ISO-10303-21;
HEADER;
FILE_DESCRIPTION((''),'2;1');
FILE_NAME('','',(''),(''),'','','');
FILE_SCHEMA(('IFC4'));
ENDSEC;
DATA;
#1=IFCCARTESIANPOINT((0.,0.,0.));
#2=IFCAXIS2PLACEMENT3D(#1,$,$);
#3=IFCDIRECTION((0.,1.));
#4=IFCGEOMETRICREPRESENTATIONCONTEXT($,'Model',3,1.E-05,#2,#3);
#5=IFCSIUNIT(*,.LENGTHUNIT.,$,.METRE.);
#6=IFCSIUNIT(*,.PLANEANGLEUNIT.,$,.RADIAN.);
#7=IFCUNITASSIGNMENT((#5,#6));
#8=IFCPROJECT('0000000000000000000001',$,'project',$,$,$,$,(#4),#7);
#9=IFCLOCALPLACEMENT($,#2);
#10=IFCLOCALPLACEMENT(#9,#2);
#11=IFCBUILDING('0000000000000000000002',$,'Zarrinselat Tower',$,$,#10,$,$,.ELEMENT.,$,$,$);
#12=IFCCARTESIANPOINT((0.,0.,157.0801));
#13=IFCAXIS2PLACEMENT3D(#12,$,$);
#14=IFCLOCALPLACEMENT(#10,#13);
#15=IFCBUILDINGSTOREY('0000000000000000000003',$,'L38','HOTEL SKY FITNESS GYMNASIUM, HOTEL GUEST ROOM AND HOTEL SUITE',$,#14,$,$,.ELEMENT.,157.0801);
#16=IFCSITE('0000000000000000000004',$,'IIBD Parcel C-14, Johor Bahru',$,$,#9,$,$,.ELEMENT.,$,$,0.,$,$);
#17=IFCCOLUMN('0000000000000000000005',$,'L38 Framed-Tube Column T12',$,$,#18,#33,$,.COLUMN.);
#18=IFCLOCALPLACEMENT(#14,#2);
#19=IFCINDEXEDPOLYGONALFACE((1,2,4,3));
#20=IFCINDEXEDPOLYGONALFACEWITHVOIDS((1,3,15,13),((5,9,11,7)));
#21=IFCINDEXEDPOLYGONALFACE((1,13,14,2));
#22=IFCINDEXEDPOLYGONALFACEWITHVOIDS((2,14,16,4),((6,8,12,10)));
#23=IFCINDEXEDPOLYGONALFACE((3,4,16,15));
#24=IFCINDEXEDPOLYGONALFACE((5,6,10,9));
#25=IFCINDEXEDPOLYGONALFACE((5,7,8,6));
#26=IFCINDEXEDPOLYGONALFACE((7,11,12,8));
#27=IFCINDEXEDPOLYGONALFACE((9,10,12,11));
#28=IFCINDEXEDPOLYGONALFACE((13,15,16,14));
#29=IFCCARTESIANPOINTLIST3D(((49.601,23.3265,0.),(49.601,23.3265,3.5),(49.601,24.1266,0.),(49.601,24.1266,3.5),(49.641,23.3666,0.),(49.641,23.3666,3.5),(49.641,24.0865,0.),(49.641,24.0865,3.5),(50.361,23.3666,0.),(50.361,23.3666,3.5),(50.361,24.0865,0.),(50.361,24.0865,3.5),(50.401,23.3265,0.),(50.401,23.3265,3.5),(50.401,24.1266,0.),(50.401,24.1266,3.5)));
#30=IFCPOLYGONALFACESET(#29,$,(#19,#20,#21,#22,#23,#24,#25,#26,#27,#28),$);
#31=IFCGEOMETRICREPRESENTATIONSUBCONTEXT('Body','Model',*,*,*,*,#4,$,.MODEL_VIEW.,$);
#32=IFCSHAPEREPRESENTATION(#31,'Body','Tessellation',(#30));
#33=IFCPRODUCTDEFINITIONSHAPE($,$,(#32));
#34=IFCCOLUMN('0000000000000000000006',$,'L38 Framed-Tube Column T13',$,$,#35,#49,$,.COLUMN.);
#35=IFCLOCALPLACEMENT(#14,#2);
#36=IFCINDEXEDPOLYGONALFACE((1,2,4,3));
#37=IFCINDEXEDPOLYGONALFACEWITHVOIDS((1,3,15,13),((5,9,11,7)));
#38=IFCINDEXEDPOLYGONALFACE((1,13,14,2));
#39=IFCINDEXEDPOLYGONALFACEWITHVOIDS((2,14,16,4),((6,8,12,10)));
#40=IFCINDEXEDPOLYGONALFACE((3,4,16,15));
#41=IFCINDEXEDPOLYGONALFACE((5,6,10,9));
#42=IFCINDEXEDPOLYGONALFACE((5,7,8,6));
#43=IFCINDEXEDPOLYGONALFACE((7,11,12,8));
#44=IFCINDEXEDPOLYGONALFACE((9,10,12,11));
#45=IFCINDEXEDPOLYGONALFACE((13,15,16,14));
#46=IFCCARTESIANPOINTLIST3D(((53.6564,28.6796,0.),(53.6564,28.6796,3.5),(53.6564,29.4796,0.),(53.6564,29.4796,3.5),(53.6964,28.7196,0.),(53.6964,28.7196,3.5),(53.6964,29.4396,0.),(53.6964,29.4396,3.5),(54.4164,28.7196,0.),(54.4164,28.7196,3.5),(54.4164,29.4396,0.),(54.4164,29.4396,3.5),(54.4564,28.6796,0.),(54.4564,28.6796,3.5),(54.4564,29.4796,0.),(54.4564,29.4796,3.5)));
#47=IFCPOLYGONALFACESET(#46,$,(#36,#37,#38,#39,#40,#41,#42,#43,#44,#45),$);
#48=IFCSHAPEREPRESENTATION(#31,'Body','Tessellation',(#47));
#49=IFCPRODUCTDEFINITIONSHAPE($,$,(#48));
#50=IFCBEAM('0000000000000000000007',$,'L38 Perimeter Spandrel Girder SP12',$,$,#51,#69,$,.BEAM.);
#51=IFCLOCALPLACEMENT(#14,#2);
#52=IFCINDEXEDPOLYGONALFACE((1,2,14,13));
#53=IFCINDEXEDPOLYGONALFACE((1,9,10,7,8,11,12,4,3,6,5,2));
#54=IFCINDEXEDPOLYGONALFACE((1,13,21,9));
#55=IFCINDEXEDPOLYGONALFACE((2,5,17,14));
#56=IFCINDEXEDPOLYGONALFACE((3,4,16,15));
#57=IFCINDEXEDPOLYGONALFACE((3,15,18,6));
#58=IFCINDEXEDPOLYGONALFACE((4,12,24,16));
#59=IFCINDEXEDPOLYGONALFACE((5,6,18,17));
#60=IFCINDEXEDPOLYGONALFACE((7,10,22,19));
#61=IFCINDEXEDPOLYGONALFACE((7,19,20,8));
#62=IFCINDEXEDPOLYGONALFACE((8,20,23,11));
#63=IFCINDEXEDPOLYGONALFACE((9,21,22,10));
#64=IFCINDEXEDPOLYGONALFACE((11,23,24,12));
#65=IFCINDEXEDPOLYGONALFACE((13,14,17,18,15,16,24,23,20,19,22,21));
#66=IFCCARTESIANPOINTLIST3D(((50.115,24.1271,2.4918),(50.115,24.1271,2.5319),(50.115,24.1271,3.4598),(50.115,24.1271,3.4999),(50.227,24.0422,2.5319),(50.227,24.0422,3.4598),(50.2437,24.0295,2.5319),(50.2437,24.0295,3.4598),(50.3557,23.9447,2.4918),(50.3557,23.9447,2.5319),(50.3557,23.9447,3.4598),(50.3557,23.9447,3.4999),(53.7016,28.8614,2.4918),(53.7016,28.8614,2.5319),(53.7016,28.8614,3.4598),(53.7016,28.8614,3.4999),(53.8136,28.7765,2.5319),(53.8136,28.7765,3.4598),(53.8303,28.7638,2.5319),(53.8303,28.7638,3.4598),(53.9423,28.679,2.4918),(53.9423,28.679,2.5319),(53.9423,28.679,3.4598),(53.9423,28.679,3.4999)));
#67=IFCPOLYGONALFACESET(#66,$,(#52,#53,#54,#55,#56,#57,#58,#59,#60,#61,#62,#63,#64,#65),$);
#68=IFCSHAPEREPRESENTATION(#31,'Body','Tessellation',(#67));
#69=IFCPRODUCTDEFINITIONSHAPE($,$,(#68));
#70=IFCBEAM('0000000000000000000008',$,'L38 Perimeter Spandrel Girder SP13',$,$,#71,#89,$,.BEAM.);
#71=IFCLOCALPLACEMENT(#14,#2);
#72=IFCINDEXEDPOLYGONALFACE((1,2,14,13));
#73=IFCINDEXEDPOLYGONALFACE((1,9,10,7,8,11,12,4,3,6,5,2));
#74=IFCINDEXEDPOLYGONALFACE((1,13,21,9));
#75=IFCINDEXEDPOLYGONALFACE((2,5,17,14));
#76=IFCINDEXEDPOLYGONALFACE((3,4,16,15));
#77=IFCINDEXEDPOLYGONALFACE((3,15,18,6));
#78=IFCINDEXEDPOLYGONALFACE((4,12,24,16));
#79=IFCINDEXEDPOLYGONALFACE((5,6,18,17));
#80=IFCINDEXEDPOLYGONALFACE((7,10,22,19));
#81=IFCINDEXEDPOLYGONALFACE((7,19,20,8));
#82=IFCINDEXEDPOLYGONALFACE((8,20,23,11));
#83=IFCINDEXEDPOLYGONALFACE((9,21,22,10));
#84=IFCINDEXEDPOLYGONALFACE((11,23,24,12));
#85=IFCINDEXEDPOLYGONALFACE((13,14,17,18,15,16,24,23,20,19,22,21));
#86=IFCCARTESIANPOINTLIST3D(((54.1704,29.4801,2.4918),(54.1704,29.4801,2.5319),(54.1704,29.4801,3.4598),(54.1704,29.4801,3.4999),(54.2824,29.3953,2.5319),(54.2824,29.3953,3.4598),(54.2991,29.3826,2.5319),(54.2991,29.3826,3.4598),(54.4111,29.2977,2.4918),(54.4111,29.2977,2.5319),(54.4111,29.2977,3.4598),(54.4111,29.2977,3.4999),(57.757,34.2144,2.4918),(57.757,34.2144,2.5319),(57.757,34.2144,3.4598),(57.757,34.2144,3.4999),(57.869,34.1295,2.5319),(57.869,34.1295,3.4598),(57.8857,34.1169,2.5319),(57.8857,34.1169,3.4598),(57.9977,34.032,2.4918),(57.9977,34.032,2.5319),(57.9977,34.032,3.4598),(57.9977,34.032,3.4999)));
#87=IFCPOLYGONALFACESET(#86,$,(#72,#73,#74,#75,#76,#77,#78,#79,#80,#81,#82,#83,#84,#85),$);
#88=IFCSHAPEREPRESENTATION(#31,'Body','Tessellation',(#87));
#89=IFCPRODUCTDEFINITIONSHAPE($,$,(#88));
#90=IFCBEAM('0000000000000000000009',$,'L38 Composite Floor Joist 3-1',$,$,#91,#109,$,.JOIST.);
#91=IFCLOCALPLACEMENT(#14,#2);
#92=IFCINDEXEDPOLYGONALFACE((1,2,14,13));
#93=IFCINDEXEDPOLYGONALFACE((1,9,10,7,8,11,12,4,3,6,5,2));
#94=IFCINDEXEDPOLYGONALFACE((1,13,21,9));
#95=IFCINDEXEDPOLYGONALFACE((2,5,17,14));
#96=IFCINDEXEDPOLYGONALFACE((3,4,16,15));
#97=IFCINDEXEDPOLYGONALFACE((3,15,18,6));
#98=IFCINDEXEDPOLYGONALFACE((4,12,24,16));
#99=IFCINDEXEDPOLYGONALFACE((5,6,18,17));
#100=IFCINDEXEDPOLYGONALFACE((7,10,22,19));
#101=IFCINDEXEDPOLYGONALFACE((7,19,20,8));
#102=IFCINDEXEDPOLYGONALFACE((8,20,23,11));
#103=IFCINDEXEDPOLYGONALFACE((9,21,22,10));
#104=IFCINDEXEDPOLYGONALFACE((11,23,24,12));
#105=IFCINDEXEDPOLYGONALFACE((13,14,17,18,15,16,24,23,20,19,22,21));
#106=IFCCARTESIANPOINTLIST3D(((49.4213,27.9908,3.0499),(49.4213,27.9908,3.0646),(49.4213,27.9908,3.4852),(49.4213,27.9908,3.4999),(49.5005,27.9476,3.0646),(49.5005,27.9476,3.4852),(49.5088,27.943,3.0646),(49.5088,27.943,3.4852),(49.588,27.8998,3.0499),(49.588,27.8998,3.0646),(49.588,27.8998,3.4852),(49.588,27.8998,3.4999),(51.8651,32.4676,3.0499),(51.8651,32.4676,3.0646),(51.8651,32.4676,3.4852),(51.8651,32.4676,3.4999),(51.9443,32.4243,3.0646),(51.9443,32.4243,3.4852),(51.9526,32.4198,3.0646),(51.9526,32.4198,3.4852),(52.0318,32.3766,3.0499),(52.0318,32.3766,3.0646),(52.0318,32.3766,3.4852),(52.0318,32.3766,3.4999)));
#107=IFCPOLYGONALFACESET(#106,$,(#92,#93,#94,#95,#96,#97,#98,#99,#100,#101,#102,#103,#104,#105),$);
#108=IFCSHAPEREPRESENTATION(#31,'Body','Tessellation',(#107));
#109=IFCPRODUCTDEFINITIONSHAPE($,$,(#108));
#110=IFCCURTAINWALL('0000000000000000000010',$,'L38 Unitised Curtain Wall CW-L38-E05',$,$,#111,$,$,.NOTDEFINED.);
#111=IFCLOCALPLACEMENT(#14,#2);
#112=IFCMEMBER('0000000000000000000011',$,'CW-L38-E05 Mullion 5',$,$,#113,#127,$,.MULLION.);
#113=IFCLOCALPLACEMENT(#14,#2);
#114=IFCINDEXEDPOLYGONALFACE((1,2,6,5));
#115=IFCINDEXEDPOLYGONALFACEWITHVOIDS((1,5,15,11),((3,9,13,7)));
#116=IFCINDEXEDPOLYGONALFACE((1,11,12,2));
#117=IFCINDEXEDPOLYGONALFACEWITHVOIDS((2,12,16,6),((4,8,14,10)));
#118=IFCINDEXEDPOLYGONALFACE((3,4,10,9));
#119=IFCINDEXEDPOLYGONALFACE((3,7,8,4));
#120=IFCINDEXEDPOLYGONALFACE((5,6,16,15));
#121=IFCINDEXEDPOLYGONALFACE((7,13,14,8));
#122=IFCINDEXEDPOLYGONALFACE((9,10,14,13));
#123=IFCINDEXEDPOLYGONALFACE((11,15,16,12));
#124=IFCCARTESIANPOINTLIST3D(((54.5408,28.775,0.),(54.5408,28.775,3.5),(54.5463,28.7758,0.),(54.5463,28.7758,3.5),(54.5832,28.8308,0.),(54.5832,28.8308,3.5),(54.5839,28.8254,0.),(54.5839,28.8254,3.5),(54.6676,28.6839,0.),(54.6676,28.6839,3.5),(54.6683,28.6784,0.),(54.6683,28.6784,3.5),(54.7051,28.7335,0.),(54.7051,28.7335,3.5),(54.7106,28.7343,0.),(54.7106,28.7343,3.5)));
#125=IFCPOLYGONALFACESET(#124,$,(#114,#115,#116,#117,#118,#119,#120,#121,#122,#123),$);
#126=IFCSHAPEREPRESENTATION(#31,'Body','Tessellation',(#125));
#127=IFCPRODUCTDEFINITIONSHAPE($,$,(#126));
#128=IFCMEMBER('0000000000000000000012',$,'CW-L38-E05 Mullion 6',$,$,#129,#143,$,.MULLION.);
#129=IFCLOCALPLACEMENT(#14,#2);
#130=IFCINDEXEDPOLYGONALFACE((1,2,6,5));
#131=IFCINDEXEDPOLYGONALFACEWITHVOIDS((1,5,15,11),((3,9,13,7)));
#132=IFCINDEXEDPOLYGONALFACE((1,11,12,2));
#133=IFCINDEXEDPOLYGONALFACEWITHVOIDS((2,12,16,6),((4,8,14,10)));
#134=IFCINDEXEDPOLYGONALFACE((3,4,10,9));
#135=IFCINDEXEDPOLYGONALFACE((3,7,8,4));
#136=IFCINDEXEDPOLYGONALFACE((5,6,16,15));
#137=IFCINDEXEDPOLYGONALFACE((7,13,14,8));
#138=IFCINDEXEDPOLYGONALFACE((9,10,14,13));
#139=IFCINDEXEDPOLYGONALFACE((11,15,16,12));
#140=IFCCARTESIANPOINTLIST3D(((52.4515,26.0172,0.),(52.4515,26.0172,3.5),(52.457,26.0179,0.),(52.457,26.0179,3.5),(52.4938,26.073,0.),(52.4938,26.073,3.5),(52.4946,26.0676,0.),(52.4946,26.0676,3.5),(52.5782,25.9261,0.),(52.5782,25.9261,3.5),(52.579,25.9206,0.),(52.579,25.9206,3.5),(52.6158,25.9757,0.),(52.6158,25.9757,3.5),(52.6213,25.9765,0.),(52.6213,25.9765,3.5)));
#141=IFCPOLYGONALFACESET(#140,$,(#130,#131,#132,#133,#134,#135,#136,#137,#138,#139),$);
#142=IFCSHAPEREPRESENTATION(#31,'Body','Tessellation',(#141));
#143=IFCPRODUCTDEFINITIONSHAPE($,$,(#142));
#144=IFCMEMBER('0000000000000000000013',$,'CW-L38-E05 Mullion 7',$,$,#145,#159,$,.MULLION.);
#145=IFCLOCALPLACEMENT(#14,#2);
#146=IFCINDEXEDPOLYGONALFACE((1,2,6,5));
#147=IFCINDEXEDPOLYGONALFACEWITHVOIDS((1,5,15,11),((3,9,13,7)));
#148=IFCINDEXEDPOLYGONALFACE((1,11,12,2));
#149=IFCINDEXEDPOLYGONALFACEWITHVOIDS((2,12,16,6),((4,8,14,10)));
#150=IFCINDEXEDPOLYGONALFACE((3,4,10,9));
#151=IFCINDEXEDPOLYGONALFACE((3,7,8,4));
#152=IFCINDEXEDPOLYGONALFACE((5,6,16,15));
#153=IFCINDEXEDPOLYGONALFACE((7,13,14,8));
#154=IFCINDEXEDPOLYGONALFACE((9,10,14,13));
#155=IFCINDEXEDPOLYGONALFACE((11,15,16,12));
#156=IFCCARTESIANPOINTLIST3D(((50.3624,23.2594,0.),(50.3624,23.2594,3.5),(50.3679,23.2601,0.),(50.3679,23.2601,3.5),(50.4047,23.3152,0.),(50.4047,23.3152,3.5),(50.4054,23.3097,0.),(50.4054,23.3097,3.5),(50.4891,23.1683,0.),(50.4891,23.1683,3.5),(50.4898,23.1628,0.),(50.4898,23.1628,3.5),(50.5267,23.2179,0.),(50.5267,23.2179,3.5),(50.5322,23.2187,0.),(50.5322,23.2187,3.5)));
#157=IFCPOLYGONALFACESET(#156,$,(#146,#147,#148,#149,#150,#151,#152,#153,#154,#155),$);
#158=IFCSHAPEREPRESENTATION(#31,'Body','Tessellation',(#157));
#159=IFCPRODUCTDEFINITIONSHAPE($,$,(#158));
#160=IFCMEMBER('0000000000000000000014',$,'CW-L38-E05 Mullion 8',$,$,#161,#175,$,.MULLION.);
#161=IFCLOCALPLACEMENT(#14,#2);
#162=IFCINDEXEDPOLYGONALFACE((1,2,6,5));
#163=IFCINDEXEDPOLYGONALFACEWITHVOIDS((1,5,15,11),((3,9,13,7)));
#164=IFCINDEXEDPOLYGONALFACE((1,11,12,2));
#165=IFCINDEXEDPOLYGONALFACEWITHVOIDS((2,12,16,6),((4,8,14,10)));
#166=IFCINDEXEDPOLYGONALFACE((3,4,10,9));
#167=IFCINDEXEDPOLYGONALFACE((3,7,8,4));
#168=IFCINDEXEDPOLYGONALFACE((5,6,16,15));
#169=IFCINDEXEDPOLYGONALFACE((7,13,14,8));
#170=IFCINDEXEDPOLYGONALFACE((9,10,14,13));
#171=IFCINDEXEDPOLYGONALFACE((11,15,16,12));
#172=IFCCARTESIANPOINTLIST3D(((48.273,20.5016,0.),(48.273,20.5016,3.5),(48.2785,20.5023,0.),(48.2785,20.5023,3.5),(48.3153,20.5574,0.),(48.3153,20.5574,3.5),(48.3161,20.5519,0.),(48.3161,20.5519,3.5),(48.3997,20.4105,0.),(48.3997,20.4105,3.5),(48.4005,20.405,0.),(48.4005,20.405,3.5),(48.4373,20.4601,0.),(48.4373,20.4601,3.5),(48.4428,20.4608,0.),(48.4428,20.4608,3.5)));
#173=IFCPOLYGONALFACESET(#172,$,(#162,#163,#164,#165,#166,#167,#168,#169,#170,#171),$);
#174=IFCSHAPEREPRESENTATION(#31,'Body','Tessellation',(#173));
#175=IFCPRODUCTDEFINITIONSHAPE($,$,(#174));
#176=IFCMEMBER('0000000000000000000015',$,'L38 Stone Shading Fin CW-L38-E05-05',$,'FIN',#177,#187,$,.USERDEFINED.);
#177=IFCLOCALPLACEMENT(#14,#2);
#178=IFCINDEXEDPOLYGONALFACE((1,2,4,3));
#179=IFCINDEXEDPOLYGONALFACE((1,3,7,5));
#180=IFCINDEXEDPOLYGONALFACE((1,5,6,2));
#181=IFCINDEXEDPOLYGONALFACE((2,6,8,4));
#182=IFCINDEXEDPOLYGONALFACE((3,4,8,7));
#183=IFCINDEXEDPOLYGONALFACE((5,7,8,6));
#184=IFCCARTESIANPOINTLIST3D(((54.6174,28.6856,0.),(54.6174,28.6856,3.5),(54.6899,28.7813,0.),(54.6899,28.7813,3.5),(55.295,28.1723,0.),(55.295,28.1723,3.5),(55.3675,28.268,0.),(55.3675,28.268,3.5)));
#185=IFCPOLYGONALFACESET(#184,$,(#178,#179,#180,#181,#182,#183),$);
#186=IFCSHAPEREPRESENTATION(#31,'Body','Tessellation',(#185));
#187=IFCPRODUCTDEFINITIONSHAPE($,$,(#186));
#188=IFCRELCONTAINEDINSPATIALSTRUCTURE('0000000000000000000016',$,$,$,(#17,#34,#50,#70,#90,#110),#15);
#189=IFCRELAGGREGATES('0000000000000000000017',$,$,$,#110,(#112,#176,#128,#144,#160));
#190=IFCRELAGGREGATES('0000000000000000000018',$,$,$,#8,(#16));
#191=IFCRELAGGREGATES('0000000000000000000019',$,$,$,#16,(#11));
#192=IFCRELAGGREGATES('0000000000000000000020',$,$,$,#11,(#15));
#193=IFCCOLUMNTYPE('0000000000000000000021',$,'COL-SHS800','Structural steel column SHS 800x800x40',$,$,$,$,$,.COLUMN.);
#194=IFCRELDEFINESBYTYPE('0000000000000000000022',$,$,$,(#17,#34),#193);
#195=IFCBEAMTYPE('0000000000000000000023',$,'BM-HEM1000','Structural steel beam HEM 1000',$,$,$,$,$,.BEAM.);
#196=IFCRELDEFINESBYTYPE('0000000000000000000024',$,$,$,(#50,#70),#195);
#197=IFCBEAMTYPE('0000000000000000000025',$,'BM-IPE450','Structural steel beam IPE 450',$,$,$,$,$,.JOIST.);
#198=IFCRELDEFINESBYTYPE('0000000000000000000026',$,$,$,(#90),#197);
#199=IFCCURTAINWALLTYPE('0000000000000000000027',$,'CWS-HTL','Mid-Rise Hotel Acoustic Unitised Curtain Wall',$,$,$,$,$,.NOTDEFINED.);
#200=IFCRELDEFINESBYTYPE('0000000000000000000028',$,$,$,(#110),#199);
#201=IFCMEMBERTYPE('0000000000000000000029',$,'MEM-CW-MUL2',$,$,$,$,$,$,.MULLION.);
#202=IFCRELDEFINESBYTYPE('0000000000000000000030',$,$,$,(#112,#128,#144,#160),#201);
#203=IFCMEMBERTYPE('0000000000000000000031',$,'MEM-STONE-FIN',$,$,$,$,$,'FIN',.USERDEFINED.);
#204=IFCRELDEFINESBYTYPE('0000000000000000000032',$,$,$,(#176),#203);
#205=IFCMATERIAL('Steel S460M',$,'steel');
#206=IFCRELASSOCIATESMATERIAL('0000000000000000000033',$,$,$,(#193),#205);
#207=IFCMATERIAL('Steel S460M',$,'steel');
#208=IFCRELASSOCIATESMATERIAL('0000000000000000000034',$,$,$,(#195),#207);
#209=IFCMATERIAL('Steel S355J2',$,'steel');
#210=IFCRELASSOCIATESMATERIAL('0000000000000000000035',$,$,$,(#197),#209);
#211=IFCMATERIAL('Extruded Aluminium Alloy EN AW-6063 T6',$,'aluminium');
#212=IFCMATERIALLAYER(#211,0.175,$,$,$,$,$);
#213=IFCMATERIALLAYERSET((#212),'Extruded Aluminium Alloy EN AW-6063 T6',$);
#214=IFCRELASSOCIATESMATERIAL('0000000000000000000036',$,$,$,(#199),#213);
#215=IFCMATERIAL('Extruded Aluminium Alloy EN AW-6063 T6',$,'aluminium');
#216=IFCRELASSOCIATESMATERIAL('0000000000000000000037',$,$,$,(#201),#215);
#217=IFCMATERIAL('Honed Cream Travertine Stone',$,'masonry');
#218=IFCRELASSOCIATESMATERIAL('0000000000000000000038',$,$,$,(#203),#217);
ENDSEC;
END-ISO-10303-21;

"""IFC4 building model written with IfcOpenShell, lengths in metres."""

from ifc_helpers import new_model, si_unit, direction, frame, origin, origin_2d, place, context, subcontext, project, spatial, rectangle, hollow_rectangle, i_section, extrude, material, layer, layer_set, material_profile, profile_set, type_object, element, aggregate, save


model = new_model("IFC4")

# Units and contexts
model_context = context("Model", 3, precision=1e-05, world=origin(), true_north=direction((0.0, 1.0)))
body_context = subcontext(model_context, "Body", "Model", "MODEL_VIEW")
ifc_project = project(units=[si_unit("LENGTHUNIT", "METRE"), si_unit("PLANEANGLEUNIT", "RADIAN")], contexts=[model_context])

# Site, building, storey
site_placement = place(None, origin())
site = spatial("IfcSite", under=ifc_project, at=site_placement, Name="IIBD Parcel C-14, Johor Bahru", CompositionType="ELEMENT", RefElevation=0.0)
building_placement = place(site_placement, origin())
building = spatial("IfcBuilding", under=site, at=building_placement, Name="Zarrinselat Tower", CompositionType="ELEMENT")
storey_placement = place(building_placement, frame((0.0, 0.0, 157.0801)))
storey = spatial("IfcBuildingStorey", under=building, at=storey_placement, Name="L38", Description="HOTEL SKY FITNESS GYMNASIUM, HOTEL GUEST ROOM AND HOTEL SUITE", CompositionType="ELEMENT", Elevation=157.0801)

# Columns
ifc_material_1 = material(Name="Steel S460M", Category="steel")
ifc_material_profile_1 = material_profile(ifc_material_1, hollow_rectangle(XDim=0.8, YDim=0.8, WallThickness=0.04, at=origin_2d()), Name="SHS 800x800x40")
ifc_profile_set_1 = profile_set([ifc_material_profile_1], Name="Steel S460M")
column_type = type_object("IfcColumnType", Name="COL-SHS800", Description="Structural steel column SHS 800x800x40", PredefinedType="COLUMN", material=ifc_profile_set_1)
for number, where, z_axis, x_axis, name in (
    (1, (50.001, 23.7266, 0.0), (0.0, 0.0, 1.0), (1.0, 0.0, 0.0), "L38 Framed-Tube Column T12"),
    (2, (54.0564, 29.0796, 0.0), (0.0, 0.0, 1.0), (1.0, 0.0, 0.0), "L38 Framed-Tube Column T13"),
):
    element("IfcColumn", number, at=place(storey_placement, frame(where, z_axis=z_axis, x_axis=x_axis)), inside=storey, type_object=column_type, Name=name, PredefinedType="COLUMN", context=body_context, shape_type="SweptSolid", body=[
        extrude(hollow_rectangle(XDim=0.8, YDim=0.8, WallThickness=0.04, at=origin_2d()), origin(), (0.0, 0.0, 1.0), 3.5),
    ])

# Beams
ifc_material_2 = material(Name="Steel S460M", Category="steel")
ifc_material_profile_2 = material_profile(ifc_material_2, i_section(OverallWidth=0.302, OverallDepth=1.0081, WebThickness=0.021, FlangeThickness=0.04, at=origin_2d()), Name="HEM 1000")
ifc_profile_set_2 = profile_set([ifc_material_profile_2], Name="Steel S460M")
beam_type_1 = type_object("IfcBeamType", Name="BM-HEM1000", Description="Structural steel beam HEM 1000", PredefinedType="BEAM", material=ifc_profile_set_2)
for number, where, z_axis, x_axis, name in (
    (3, (50.2354, 24.0359, 2.9958), (0.60386, 0.79709, 0.0), (-0.79709, 0.60386, 0.0), "L38 Perimeter Spandrel Girder SP12"),
    (4, (54.2908, 29.3889, 2.9958), (0.60386, 0.79709, 0.0), (-0.79709, 0.60386, 0.0), "L38 Perimeter Spandrel Girder SP13"),
):
    element("IfcBeam", number, at=place(storey_placement, frame(where, z_axis=z_axis, x_axis=x_axis)), inside=storey, type_object=beam_type_1, Name=name, PredefinedType="BEAM", context=body_context, shape_type="SweptSolid", body=[
        extrude(i_section(OverallWidth=0.302, OverallDepth=1.0081, WebThickness=0.021, FlangeThickness=0.04, at=origin_2d()), origin(), (0.0, 0.0, 1.0), 5.9395),
    ])
ifc_material_3 = material(Name="Steel S355J2", Category="steel")
ifc_material_profile_3 = material_profile(ifc_material_3, i_section(OverallWidth=0.1899, OverallDepth=0.45, WebThickness=0.0095, FlangeThickness=0.0146, at=origin_2d()), Name="IPE 450")
ifc_profile_set_3 = profile_set([ifc_material_profile_3], Name="Steel S355J2")
beam_type_2 = type_object("IfcBeamType", Name="BM-IPE450", Description="Structural steel beam IPE 450", PredefinedType="JOIST", material=ifc_profile_set_3)
beam_placement = place(storey_placement, frame((49.5046, 27.9453, 3.2749), z_axis=(0.479147, 0.877735, 0.0), x_axis=(-0.877735, 0.479147, 0.0)))
element("IfcBeam", 5, at=beam_placement, inside=storey, type_object=beam_type_2, Name="L38 Composite Floor Joist 3-1", PredefinedType="JOIST", context=body_context, shape_type="SweptSolid", body=[
    extrude(i_section(OverallWidth=0.1899, OverallDepth=0.45, WebThickness=0.0095, FlangeThickness=0.0146, at=origin_2d()), origin(), (0.0, 0.0, 1.0), 5.1003),
])

# Curtain wall, members
ifc_material_4 = material(Name="Extruded Aluminium Alloy EN AW-6063 T6", Category="aluminium")
ifc_layer_1 = layer(ifc_material_4, 0.175)
ifc_layer_set_1 = layer_set([ifc_layer_1], Name="Extruded Aluminium Alloy EN AW-6063 T6")
curtain_wall_type = type_object("IfcCurtainWallType", Name="CWS-HTL", Description="Mid-Rise Hotel Acoustic Unitised Curtain Wall", PredefinedType="NOTDEFINED", material=ifc_layer_set_1)
curtain_wall_placement = place(storey_placement, origin())
curtain_wall = element("IfcCurtainWall", 6, at=curtain_wall_placement, inside=storey, type_object=curtain_wall_type, Name="L38 Unitised Curtain Wall CW-L38-E05", PredefinedType="NOTDEFINED")
ifc_material_5 = material(Name="Extruded Aluminium Alloy EN AW-6063 T6", Category="aluminium")
ifc_material_profile_4 = material_profile(ifc_material_5, hollow_rectangle(XDim=0.0701, YDim=0.1599, WallThickness=0.0039, at=origin_2d()), Name="RHS 160x70x4")
ifc_profile_set_4 = profile_set([ifc_material_profile_4], Name="Extruded Aluminium Alloy EN AW-6063 T6")
member_type_1 = type_object("IfcMemberType", Name="MEM-CW-MUL2", PredefinedType="MULLION", material=ifc_profile_set_4)
member_1_placement = place(storey_placement, frame((54.6257, 28.7546, 0.0), z_axis=(0.0, 0.0, 1.0), x_axis=(-0.603859, -0.797092, 0.0)))
member_1 = element("IfcMember", 7, at=member_1_placement, type_object=member_type_1, Name="CW-L38-E05 Mullion 5", PredefinedType="MULLION", context=body_context, shape_type="SweptSolid", body=[
    extrude(hollow_rectangle(XDim=0.0701, YDim=0.1599, WallThickness=0.0039, at=origin_2d()), origin(), (0.0, 0.0, 1.0), 3.5),
])
member_2_placement = place(storey_placement, frame((52.5364, 25.9968, 0.0), z_axis=(0.0, 0.0, 1.0), x_axis=(-0.603859, -0.797092, 0.0)))
member_2 = element("IfcMember", 8, at=member_2_placement, type_object=member_type_1, Name="CW-L38-E05 Mullion 6", PredefinedType="MULLION", context=body_context, shape_type="SweptSolid", body=[
    extrude(hollow_rectangle(XDim=0.0701, YDim=0.1599, WallThickness=0.0039, at=origin_2d()), origin(), (0.0, 0.0, 1.0), 3.5),
])
member_3_placement = place(storey_placement, frame((50.4473, 23.239, 0.0), z_axis=(0.0, 0.0, 1.0), x_axis=(-0.603859, -0.797092, 0.0)))
member_3 = element("IfcMember", 9, at=member_3_placement, type_object=member_type_1, Name="CW-L38-E05 Mullion 7", PredefinedType="MULLION", context=body_context, shape_type="SweptSolid", body=[
    extrude(hollow_rectangle(XDim=0.0701, YDim=0.1599, WallThickness=0.0039, at=origin_2d()), origin(), (0.0, 0.0, 1.0), 3.5),
])
member_4_placement = place(storey_placement, frame((48.3579, 20.4812, 0.0), z_axis=(0.0, 0.0, 1.0), x_axis=(-0.603859, -0.797092, 0.0)))
member_4 = element("IfcMember", 10, at=member_4_placement, type_object=member_type_1, Name="CW-L38-E05 Mullion 8", PredefinedType="MULLION", context=body_context, shape_type="SweptSolid", body=[
    extrude(hollow_rectangle(XDim=0.0701, YDim=0.1599, WallThickness=0.0039, at=origin_2d()), origin(), (0.0, 0.0, 1.0), 3.5),
])
ifc_material_6 = material(Name="Honed Cream Travertine Stone", Category="masonry")
ifc_material_profile_5 = material_profile(ifc_material_6, rectangle(XDim=0.1201, YDim=0.8501, at=origin_2d()), Name="FIN 850x120")
ifc_profile_set_5 = profile_set([ifc_material_profile_5], Name="Honed Cream Travertine Stone")
member_type_2 = type_object("IfcMemberType", Name="MEM-STONE-FIN", ElementType="FIN", PredefinedType="USERDEFINED", material=ifc_profile_set_5)
member_5_placement = place(storey_placement, frame((54.9924, 28.4768, 0.0), z_axis=(0.0, 0.0, 1.0), x_axis=(-0.603859, -0.797092, 0.0)))
member_5 = element("IfcMember", 11, at=member_5_placement, type_object=member_type_2, Name="L38 Stone Shading Fin CW-L38-E05-05", ObjectType="FIN", PredefinedType="USERDEFINED", context=body_context, shape_type="SweptSolid", body=[
    extrude(rectangle(XDim=0.1201, YDim=0.8501, at=origin_2d()), origin(), (0.0, 0.0, 1.0), 3.5),
])
aggregate(curtain_wall, [member_1, member_5, member_2, member_3, member_4])

save(model, "model.ifc")
